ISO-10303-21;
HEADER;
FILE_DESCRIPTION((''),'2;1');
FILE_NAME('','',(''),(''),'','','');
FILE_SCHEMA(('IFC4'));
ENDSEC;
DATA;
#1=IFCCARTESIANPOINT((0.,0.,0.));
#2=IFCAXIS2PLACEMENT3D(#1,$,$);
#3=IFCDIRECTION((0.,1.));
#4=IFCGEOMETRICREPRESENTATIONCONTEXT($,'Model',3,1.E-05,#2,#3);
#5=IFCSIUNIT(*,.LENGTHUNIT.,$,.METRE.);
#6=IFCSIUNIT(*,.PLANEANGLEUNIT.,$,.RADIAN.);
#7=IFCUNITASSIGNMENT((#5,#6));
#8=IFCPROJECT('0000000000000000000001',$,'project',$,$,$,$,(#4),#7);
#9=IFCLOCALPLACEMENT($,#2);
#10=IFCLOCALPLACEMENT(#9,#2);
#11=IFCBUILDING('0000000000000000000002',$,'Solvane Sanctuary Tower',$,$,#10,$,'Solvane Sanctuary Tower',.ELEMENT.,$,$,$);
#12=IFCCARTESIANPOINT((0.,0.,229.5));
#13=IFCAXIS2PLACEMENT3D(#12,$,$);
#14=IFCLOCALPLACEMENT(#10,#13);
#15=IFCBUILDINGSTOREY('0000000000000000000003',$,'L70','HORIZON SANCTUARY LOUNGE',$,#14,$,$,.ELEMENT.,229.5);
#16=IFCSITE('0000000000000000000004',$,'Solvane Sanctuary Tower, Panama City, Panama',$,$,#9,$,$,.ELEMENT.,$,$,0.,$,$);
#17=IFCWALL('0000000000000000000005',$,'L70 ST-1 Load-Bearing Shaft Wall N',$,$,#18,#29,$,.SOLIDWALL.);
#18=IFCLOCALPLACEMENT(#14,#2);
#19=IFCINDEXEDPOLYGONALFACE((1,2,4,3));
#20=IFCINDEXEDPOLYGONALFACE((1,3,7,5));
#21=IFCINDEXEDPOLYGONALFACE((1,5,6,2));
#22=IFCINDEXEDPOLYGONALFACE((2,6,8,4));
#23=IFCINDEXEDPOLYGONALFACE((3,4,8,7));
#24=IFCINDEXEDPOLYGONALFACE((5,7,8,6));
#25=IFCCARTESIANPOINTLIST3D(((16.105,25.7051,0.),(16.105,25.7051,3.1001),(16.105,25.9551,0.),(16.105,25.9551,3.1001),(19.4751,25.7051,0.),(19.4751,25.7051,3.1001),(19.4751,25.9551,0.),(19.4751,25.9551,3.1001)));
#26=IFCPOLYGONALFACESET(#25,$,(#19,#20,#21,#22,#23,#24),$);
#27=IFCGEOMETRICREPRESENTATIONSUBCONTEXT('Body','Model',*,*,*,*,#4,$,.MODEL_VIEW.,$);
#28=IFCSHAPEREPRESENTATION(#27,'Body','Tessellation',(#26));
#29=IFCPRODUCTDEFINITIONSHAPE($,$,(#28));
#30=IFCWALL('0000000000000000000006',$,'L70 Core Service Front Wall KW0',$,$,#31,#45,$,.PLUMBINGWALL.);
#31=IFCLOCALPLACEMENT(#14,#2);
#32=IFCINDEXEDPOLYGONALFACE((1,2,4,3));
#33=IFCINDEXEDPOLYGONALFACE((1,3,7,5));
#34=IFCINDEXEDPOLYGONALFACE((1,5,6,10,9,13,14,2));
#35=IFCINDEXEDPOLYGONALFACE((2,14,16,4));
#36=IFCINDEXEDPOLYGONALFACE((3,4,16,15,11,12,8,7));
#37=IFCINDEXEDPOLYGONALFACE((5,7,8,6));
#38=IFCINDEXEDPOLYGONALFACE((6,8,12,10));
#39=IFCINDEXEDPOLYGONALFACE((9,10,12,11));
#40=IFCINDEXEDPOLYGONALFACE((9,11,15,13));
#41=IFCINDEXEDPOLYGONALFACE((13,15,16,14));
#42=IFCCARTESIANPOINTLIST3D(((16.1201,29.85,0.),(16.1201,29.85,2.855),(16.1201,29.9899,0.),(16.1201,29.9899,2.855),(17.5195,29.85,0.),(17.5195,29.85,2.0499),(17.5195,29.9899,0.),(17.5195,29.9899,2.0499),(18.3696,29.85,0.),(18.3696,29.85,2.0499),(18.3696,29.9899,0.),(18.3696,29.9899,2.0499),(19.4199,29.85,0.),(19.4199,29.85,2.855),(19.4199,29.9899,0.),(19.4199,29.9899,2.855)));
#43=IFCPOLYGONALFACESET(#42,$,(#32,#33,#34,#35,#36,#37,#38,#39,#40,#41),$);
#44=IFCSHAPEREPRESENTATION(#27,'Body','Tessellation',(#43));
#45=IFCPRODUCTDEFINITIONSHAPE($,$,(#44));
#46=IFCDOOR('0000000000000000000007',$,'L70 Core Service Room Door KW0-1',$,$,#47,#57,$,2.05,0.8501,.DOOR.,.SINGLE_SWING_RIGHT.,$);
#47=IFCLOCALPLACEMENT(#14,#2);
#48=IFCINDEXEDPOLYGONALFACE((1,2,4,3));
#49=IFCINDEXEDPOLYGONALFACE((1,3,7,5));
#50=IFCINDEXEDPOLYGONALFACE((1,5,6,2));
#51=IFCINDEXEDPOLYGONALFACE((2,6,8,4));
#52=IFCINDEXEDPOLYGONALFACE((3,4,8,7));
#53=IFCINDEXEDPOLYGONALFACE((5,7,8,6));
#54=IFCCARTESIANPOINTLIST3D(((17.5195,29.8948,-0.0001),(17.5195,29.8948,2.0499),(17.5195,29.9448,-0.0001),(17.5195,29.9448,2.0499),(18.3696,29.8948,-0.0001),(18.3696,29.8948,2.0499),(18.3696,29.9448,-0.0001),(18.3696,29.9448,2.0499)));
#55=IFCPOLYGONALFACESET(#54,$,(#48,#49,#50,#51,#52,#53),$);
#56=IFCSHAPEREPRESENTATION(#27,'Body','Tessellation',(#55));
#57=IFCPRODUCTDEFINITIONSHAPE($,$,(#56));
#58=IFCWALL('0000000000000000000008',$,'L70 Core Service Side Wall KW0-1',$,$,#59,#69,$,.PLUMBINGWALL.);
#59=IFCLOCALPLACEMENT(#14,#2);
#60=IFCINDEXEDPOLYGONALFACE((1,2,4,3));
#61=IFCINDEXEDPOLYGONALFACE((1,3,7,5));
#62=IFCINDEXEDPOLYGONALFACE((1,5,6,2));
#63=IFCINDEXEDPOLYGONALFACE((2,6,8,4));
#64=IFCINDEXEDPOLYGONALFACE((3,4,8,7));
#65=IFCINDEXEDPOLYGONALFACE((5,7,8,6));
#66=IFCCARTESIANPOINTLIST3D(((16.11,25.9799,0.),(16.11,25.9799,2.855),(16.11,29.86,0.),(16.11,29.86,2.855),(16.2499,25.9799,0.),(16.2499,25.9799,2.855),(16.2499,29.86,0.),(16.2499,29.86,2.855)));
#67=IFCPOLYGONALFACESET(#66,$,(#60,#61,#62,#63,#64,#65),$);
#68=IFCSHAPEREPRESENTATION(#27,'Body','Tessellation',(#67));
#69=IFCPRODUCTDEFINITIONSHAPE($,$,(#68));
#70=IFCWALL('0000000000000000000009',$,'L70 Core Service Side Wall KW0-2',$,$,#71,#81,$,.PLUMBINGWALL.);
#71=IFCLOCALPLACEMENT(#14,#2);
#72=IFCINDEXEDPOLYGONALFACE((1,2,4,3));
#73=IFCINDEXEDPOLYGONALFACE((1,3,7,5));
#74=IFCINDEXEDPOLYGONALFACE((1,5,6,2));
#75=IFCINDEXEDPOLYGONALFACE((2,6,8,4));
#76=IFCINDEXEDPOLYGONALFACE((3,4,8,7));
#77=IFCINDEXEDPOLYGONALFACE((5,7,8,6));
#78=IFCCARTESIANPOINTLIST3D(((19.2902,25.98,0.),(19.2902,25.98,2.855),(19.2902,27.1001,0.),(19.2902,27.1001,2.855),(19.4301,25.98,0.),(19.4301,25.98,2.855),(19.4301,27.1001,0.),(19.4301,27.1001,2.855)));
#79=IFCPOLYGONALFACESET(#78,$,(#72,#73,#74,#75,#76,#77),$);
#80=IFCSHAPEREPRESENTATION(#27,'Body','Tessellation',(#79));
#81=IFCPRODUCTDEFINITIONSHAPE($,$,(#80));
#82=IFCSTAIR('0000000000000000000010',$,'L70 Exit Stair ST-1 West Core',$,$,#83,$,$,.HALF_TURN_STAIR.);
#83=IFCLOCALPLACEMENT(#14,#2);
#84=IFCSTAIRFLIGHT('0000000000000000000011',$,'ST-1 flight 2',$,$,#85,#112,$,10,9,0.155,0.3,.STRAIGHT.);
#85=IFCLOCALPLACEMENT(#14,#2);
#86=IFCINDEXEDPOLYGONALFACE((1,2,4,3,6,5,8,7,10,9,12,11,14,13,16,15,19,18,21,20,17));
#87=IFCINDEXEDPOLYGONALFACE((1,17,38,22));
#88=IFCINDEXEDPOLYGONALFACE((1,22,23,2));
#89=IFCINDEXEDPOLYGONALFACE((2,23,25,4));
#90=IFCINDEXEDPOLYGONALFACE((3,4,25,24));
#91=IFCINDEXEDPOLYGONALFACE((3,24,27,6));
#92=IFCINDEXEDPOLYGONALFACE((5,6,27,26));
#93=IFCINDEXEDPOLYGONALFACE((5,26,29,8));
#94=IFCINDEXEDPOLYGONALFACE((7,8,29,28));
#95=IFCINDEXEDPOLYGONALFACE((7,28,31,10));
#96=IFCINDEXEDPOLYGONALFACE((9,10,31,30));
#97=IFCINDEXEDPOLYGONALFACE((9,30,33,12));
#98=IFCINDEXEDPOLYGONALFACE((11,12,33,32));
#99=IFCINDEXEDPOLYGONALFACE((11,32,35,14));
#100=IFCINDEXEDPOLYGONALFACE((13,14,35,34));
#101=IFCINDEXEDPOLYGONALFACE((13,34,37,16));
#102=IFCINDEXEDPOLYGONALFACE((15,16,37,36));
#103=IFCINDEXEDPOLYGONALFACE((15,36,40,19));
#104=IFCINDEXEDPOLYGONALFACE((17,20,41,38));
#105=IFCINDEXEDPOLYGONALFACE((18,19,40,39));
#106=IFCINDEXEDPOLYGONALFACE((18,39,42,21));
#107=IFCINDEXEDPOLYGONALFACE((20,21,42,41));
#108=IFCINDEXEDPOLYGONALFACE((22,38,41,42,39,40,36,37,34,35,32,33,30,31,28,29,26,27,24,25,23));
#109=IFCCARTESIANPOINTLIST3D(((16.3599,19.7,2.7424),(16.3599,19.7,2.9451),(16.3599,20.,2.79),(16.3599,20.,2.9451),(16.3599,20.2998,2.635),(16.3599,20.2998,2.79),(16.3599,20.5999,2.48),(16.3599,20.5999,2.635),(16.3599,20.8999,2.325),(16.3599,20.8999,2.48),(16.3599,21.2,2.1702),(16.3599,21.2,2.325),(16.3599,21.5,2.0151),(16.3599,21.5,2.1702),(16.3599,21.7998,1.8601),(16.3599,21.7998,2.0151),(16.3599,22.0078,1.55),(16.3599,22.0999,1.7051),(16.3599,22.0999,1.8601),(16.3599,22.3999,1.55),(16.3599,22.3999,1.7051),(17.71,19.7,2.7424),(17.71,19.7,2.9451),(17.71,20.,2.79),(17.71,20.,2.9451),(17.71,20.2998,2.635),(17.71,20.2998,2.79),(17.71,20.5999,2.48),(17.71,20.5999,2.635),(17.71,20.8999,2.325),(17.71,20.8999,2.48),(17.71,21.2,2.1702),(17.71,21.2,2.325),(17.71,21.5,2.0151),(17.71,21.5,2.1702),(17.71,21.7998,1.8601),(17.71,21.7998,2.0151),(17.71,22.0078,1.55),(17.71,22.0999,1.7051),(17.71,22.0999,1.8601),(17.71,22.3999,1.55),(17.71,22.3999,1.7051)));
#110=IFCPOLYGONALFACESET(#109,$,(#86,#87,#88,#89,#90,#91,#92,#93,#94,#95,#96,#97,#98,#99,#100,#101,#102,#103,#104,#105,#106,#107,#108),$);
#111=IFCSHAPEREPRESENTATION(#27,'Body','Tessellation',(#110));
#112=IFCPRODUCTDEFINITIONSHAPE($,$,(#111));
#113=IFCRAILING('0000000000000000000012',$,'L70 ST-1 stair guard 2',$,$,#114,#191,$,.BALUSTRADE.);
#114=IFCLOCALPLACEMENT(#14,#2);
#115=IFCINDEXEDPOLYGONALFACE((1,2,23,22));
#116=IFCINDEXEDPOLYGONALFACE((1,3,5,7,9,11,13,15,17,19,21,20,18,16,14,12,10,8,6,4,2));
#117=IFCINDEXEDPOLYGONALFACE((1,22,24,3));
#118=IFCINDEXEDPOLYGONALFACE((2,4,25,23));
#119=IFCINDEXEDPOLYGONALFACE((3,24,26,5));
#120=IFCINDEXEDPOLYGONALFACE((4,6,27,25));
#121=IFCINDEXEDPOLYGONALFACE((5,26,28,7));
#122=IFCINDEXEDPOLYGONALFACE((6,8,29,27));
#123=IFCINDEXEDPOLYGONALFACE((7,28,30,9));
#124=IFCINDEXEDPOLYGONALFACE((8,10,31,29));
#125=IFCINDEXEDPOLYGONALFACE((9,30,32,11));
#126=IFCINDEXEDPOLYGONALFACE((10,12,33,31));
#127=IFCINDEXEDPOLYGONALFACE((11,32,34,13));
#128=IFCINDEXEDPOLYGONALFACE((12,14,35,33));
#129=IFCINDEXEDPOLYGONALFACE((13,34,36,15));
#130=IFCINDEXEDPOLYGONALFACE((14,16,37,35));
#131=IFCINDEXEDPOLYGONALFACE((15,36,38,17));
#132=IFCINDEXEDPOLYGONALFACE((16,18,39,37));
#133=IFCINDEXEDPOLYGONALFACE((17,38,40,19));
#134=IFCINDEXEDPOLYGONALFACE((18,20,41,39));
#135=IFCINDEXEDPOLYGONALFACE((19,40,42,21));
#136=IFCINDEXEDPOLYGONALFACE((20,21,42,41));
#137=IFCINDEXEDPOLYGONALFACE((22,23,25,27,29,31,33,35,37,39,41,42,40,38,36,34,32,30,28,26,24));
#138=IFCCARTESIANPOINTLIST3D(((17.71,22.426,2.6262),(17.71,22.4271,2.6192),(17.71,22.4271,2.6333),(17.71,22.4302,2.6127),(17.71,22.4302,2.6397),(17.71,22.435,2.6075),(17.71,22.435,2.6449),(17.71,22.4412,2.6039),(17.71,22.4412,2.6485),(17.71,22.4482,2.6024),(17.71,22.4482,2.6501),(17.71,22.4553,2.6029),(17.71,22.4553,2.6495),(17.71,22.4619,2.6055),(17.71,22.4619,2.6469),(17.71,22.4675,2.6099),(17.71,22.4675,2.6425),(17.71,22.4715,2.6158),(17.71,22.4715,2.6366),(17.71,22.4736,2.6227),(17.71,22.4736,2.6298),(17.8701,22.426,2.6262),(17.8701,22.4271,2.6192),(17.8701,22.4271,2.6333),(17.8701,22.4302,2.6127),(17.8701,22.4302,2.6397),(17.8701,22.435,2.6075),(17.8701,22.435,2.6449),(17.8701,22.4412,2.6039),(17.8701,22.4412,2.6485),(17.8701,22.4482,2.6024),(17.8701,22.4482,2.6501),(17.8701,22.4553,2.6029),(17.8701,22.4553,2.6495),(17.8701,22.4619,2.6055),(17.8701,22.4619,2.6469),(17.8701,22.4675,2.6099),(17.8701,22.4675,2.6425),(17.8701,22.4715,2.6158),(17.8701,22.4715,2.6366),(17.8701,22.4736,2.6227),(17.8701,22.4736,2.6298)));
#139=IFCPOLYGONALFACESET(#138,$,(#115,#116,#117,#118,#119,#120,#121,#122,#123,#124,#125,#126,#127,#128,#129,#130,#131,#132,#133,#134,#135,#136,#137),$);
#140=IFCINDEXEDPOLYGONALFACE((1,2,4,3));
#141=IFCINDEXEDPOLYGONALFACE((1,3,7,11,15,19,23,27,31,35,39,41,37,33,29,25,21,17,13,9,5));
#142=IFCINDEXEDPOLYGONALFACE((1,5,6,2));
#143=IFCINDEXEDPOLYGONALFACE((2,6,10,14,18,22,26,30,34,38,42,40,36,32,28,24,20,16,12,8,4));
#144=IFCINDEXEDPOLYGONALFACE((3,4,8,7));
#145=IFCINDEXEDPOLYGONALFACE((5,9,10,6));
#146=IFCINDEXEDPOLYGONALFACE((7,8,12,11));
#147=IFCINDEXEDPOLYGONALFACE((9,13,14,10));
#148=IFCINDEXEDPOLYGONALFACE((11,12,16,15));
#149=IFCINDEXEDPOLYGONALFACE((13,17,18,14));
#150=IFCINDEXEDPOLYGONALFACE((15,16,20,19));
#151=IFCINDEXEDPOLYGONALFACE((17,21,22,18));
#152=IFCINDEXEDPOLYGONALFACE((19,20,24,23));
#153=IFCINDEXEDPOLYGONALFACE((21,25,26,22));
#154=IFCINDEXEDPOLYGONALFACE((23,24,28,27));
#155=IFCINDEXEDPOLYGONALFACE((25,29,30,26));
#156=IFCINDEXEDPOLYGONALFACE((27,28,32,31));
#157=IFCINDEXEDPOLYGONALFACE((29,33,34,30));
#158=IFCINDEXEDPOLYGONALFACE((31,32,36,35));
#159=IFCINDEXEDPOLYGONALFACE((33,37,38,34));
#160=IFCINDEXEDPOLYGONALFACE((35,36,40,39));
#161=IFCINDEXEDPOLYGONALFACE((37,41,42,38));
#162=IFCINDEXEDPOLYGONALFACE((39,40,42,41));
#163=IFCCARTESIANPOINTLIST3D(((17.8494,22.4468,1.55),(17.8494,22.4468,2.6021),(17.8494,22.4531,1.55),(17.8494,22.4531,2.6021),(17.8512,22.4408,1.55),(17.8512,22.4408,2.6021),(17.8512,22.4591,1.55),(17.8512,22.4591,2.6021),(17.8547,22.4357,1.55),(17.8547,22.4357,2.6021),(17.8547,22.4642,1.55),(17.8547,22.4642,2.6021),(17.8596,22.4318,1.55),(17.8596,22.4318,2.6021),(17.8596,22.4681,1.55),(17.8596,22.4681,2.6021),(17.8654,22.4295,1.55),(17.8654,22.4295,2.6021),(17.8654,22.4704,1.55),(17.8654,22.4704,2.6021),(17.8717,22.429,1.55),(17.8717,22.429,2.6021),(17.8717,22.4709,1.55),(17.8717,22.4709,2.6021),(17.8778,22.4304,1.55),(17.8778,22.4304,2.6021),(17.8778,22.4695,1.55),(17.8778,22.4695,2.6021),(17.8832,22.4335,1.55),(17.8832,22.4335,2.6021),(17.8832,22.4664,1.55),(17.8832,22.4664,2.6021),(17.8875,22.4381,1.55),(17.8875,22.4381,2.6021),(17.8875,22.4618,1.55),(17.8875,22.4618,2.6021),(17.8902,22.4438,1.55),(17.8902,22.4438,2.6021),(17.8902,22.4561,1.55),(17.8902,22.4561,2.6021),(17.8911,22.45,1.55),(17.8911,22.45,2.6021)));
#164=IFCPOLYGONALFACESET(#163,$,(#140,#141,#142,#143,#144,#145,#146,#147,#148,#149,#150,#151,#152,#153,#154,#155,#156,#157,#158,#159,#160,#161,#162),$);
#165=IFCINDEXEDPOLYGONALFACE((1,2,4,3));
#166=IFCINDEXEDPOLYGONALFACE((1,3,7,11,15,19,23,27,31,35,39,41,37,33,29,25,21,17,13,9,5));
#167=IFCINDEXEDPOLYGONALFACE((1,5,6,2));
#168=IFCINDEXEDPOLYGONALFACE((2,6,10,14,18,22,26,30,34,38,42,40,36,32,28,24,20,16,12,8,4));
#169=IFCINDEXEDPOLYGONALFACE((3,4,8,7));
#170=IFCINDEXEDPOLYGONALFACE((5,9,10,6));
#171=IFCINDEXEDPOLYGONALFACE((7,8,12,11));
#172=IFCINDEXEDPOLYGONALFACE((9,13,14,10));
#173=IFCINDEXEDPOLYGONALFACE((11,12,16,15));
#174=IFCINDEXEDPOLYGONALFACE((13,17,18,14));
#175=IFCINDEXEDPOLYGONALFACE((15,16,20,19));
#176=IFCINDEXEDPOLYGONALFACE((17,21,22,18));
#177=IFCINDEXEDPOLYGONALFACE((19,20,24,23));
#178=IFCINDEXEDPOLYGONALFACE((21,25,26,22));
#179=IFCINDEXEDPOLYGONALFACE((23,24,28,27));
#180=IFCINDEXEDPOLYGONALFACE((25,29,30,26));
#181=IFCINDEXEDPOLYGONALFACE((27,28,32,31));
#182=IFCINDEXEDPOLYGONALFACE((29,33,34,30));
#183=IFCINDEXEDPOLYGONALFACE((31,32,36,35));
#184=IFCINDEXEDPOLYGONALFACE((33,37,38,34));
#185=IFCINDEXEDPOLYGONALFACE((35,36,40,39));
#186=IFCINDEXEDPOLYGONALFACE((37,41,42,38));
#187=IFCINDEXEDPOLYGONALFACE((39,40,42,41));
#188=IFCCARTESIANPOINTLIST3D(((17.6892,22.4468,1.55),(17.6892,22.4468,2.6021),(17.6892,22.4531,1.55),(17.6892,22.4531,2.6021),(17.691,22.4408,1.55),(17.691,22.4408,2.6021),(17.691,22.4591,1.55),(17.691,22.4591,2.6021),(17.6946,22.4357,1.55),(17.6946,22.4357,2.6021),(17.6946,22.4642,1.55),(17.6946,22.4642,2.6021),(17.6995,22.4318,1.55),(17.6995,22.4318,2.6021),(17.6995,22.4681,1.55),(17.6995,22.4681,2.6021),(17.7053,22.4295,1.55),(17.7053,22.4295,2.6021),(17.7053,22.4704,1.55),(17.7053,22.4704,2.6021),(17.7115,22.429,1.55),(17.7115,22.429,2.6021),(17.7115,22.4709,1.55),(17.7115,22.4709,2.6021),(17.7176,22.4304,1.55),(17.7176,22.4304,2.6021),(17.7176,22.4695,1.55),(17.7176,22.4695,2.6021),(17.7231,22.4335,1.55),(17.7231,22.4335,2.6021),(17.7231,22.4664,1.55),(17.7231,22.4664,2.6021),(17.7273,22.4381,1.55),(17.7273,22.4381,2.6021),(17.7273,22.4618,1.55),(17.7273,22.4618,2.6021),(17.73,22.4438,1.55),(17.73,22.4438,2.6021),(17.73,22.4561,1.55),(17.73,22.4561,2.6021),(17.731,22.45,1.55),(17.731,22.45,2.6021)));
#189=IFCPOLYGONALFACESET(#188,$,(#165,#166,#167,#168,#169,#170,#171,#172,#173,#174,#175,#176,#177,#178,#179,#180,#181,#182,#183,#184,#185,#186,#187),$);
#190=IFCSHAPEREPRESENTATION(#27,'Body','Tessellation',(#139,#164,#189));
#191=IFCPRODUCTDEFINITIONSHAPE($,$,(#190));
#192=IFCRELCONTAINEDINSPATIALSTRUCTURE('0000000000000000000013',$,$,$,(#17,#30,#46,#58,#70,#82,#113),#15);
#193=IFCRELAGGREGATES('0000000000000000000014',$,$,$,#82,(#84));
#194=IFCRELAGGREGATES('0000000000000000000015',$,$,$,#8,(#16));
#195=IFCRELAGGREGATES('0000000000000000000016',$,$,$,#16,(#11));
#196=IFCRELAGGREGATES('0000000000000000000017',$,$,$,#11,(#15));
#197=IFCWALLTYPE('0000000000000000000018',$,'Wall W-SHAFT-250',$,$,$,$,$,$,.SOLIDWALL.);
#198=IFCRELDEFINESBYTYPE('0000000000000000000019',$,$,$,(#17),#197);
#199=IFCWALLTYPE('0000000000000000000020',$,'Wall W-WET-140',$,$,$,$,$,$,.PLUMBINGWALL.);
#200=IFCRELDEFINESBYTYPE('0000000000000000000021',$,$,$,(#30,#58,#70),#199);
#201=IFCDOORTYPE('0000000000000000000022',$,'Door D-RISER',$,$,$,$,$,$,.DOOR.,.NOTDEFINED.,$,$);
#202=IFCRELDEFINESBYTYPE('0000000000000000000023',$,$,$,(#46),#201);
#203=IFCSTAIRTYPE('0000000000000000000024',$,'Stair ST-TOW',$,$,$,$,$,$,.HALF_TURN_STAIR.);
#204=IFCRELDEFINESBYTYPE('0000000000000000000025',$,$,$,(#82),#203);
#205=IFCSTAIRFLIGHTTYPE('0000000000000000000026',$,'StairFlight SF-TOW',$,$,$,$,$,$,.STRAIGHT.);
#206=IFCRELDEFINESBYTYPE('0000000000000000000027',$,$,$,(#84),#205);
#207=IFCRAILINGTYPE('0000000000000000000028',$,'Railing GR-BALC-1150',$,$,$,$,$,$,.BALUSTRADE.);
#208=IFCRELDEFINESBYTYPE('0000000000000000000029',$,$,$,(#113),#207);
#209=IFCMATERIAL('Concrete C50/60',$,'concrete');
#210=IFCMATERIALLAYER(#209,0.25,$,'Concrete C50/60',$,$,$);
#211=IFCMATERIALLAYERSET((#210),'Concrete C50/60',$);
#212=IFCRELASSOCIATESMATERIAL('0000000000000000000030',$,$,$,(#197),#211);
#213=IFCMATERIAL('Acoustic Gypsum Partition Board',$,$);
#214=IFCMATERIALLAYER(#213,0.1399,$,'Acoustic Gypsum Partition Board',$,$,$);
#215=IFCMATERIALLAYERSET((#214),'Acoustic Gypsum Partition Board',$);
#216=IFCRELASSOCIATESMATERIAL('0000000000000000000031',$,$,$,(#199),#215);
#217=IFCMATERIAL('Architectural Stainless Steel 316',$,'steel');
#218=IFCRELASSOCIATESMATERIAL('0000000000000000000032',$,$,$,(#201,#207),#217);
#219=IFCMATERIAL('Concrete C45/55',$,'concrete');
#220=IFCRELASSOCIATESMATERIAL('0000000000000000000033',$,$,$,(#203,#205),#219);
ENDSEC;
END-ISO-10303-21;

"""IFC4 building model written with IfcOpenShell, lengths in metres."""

from ifc_helpers import new_model, si_unit, direction, frame, frame_2d, origin, origin_2d, place, context, subcontext, project, spatial, polyline, rectangle, circle, outline, extrude, material, layer, layer_set, type_object, element, fill, aggregate, save


model = new_model("IFC4")

# Units and contexts
model_context = context("Model", 3, precision=1e-05, world=origin(), true_north=direction((0.0, 1.0)))
body_context = subcontext(model_context, "Body", "Model", "MODEL_VIEW")
ifc_project = project(units=[si_unit("LENGTHUNIT", "METRE"), si_unit("PLANEANGLEUNIT", "RADIAN")], contexts=[model_context])

# Site, building, storey
site_placement = place(None, origin())
site = spatial("IfcSite", under=ifc_project, at=site_placement, Name="Solvane Sanctuary Tower, Panama City, Panama", CompositionType="ELEMENT", RefElevation=0.0)
building_placement = place(site_placement, origin())
building = spatial("IfcBuilding", under=site, at=building_placement, Name="Solvane Sanctuary Tower", LongName="Solvane Sanctuary Tower", CompositionType="ELEMENT")
storey_placement = place(building_placement, frame((0.0, 0.0, 229.5)))
storey = spatial("IfcBuildingStorey", under=building, at=storey_placement, Name="L70", Description="HORIZON SANCTUARY LOUNGE", CompositionType="ELEMENT", Elevation=229.5)

# Shared definitions
ifc_material_1 = material(Name="Acoustic Gypsum Partition Board")

# Shared definitions
ifc_material_2 = material(Name="Concrete C50/60", Category="concrete")
ifc_material_3 = material(Name="Architectural Stainless Steel 316", Category="steel")

# Wall
ifc_layer_1 = layer(ifc_material_2, 0.25, Name="Concrete C50/60")
ifc_layer_set_1 = layer_set([ifc_layer_1], Name="Concrete C50/60")
wall_type_1 = type_object("IfcWallType", Name="Wall W-SHAFT-250", PredefinedType="SOLIDWALL", material=ifc_layer_set_1)
wall_1_placement = place(storey_placement, frame((16.105, 25.8301, 0.0), z_axis=(0.0, 0.0, 1.0), x_axis=(1.0, 0.0, 0.0)))
element("IfcWall", 1, at=wall_1_placement, inside=storey, type_object=wall_type_1, Name="L70 ST-1 Load-Bearing Shaft Wall N", PredefinedType="SOLIDWALL", context=body_context, shape_type="SweptSolid", body=[
    extrude(rectangle(XDim=3.3701, YDim=0.25, at=frame_2d((1.6851, 0.0))), origin(), (0.0, 0.0, 1.0), 3.1001),
])

# Wall, opening, door
ifc_layer_2 = layer(ifc_material_1, 0.1399, Name="Acoustic Gypsum Partition Board")
ifc_layer_set_2 = layer_set([ifc_layer_2], Name="Acoustic Gypsum Partition Board")
wall_type_2 = type_object("IfcWallType", Name="Wall W-WET-140", PredefinedType="PLUMBINGWALL", material=ifc_layer_set_2)
wall_2_placement = place(storey_placement, frame((16.1201, 29.9199, 0.0), z_axis=(0.0, 0.0, 1.0), x_axis=(1.0, 0.0, 0.0)))
wall_2 = element("IfcWall", 2, at=wall_2_placement, inside=storey, type_object=wall_type_2, Name="L70 Core Service Front Wall KW0", PredefinedType="PLUMBINGWALL", context=body_context, shape_type="SweptSolid", body=[
    extrude(rectangle(XDim=3.2998, YDim=0.1399, at=frame_2d((1.6499, 0.0))), origin(), (0.0, 0.0, 1.0), 2.855),
])
opening_1_placement = place(wall_2_placement, frame((1.3994, 0.0, 0.0)))
opening_1 = element("IfcOpeningElement", 3, at=opening_1_placement, cuts=wall_2, PredefinedType="OPENING", context=body_context, shape_type="SweptSolid", body=[
    extrude(rectangle(XDim=0.8501, YDim=2.05, at=frame_2d((0.425, 1.0249))), frame((0.0, 0.0798, 0.0), z_axis=(0.0, -1.0, 0.0), x_axis=(1.0, 0.0, 0.0)), (0.0, 0.0, 1.0), 0.1599),
])
door_type_1 = type_object("IfcDoorType", Name="Door D-RISER", OperationType="NOTDEFINED", PredefinedType="DOOR", material=ifc_material_3)
door_1_placement = place(opening_1_placement, origin())
door_1 = element("IfcDoor", 4, at=door_1_placement, inside=storey, type_object=door_type_1, Name="L70 Core Service Room Door KW0-1", OperationType="SINGLE_SWING_RIGHT", OverallHeight=2.05, OverallWidth=0.8501, PredefinedType="DOOR", context=body_context, shape_type="SweptSolid", body=[
    extrude(rectangle(XDim=0.8501, YDim=2.05, at=frame_2d((0.425, 1.0249))), frame((0.0, 0.0249, 0.0), z_axis=(0.0, -1.0, 0.0), x_axis=(1.0, 0.0, 0.0)), (0.0, 0.0, 1.0), 0.05),
])
fill(opening_1, door_1)

# Walls
wall_3_placement = place(storey_placement, frame((16.1799, 25.98, 0.0), z_axis=(0.0, 0.0, 1.0), x_axis=(0.0, 1.0, 0.0)))
element("IfcWall", 5, at=wall_3_placement, inside=storey, type_object=wall_type_2, Name="L70 Core Service Side Wall KW0-1", PredefinedType="PLUMBINGWALL", context=body_context, shape_type="SweptSolid", body=[
    extrude(rectangle(XDim=3.8801, YDim=0.1399, at=frame_2d((1.9399, 0.0))), origin(), (0.0, 0.0, 1.0), 2.855),
])
wall_4_placement = place(storey_placement, frame((19.3601, 25.98, 0.0), z_axis=(0.0, 0.0, 1.0), x_axis=(0.0, 1.0, 0.0)))
element("IfcWall", 6, at=wall_4_placement, inside=storey, type_object=wall_type_2, Name="L70 Core Service Side Wall KW0-2", PredefinedType="PLUMBINGWALL", context=body_context, shape_type="SweptSolid", body=[
    extrude(rectangle(XDim=1.1201, YDim=0.1399, at=frame_2d((0.5601, 0.0))), origin(), (0.0, 0.0, 1.0), 2.855),
])

# Stair, stair flight
ifc_material_4 = material(Name="Concrete C45/55", Category="concrete")
stair_type = type_object("IfcStairType", Name="Stair ST-TOW", PredefinedType="HALF_TURN_STAIR", material=ifc_material_4)
stair_placement = place(storey_placement, origin())
stair = element("IfcStair", 7, at=stair_placement, inside=storey, type_object=stair_type, Name="L70 Exit Stair ST-1 West Core", PredefinedType="HALF_TURN_STAIR")
stair_flight_type = type_object("IfcStairFlightType", Name="StairFlight SF-TOW", PredefinedType="STRAIGHT", material=ifc_material_4)
stair_flight_placement = place(storey_placement, frame((17.0349, 22.3999, 1.55), z_axis=(0.0, 0.0, 1.0), x_axis=(0.0, -1.0, 0.0)))
stair_flight = element("IfcStairFlight", 8, at=stair_flight_placement, type_object=stair_flight_type, Name="ST-1 flight 2", NumberOfRisers=10, NumberOfTreads=9, PredefinedType="STRAIGHT", RiserHeight=0.155, TreadLength=0.3, context=body_context, shape_type="SweptSolid", body=[
    extrude(outline(polyline([(0.0, 0.0), (0.0, 0.155), (0.3, 0.155), (0.3, 0.3101), (0.6001, 0.3101), (0.6001, 0.4651), (0.8999, 0.4651), (0.8999, 0.6201), (1.2, 0.6201), (1.2, 0.7749), (1.5, 0.7749), (1.5, 0.9299), (1.8, 0.9299), (1.8, 1.085), (2.1001, 1.085), (2.1001, 1.24), (2.3999, 1.24), (2.3999, 1.395), (2.7, 1.395), (2.7, 1.55), (2.7, 1.1924), (0.3921, 0.0), (0.0, 0.0)])), frame((0.0, 0.675, 0.0), z_axis=(0.0, -1.0, 0.0), x_axis=(1.0, 0.0, 0.0)), (0.0, 0.0, 1.0), 1.3501),
])
aggregate(stair, [stair_flight])

# Railing
railing_type_1 = type_object("IfcRailingType", Name="Railing GR-BALC-1150", PredefinedType="BALUSTRADE", material=ifc_material_3)
railing_1_placement = place(storey_placement, frame((17.8701, 22.45, 1.55)))
element("IfcRailing", 9, at=railing_1_placement, inside=storey, type_object=railing_type_1, Name="L70 ST-1 stair guard 2", PredefinedType="BALUSTRADE", context=body_context, shape_type="SweptSolid", body=[
    extrude(circle(Radius=0.0239, at=origin_2d()), frame((0.0, 0.0, 1.0762), z_axis=(-1.0, 0.0, 0.0), x_axis=(0.0, -1.0, 0.0)), (0.0, 0.0, 1.0), 0.1602),
    extrude(circle(Radius=0.021, at=origin_2d()), origin(), (0.0, 0.0, 1.0), 1.052),
    extrude(circle(Radius=0.021, at=origin_2d()), frame((-0.1602, 0.0, 0.0)), (0.0, 0.0, 1.0), 1.052),
])

save(model, "model.ifc")
